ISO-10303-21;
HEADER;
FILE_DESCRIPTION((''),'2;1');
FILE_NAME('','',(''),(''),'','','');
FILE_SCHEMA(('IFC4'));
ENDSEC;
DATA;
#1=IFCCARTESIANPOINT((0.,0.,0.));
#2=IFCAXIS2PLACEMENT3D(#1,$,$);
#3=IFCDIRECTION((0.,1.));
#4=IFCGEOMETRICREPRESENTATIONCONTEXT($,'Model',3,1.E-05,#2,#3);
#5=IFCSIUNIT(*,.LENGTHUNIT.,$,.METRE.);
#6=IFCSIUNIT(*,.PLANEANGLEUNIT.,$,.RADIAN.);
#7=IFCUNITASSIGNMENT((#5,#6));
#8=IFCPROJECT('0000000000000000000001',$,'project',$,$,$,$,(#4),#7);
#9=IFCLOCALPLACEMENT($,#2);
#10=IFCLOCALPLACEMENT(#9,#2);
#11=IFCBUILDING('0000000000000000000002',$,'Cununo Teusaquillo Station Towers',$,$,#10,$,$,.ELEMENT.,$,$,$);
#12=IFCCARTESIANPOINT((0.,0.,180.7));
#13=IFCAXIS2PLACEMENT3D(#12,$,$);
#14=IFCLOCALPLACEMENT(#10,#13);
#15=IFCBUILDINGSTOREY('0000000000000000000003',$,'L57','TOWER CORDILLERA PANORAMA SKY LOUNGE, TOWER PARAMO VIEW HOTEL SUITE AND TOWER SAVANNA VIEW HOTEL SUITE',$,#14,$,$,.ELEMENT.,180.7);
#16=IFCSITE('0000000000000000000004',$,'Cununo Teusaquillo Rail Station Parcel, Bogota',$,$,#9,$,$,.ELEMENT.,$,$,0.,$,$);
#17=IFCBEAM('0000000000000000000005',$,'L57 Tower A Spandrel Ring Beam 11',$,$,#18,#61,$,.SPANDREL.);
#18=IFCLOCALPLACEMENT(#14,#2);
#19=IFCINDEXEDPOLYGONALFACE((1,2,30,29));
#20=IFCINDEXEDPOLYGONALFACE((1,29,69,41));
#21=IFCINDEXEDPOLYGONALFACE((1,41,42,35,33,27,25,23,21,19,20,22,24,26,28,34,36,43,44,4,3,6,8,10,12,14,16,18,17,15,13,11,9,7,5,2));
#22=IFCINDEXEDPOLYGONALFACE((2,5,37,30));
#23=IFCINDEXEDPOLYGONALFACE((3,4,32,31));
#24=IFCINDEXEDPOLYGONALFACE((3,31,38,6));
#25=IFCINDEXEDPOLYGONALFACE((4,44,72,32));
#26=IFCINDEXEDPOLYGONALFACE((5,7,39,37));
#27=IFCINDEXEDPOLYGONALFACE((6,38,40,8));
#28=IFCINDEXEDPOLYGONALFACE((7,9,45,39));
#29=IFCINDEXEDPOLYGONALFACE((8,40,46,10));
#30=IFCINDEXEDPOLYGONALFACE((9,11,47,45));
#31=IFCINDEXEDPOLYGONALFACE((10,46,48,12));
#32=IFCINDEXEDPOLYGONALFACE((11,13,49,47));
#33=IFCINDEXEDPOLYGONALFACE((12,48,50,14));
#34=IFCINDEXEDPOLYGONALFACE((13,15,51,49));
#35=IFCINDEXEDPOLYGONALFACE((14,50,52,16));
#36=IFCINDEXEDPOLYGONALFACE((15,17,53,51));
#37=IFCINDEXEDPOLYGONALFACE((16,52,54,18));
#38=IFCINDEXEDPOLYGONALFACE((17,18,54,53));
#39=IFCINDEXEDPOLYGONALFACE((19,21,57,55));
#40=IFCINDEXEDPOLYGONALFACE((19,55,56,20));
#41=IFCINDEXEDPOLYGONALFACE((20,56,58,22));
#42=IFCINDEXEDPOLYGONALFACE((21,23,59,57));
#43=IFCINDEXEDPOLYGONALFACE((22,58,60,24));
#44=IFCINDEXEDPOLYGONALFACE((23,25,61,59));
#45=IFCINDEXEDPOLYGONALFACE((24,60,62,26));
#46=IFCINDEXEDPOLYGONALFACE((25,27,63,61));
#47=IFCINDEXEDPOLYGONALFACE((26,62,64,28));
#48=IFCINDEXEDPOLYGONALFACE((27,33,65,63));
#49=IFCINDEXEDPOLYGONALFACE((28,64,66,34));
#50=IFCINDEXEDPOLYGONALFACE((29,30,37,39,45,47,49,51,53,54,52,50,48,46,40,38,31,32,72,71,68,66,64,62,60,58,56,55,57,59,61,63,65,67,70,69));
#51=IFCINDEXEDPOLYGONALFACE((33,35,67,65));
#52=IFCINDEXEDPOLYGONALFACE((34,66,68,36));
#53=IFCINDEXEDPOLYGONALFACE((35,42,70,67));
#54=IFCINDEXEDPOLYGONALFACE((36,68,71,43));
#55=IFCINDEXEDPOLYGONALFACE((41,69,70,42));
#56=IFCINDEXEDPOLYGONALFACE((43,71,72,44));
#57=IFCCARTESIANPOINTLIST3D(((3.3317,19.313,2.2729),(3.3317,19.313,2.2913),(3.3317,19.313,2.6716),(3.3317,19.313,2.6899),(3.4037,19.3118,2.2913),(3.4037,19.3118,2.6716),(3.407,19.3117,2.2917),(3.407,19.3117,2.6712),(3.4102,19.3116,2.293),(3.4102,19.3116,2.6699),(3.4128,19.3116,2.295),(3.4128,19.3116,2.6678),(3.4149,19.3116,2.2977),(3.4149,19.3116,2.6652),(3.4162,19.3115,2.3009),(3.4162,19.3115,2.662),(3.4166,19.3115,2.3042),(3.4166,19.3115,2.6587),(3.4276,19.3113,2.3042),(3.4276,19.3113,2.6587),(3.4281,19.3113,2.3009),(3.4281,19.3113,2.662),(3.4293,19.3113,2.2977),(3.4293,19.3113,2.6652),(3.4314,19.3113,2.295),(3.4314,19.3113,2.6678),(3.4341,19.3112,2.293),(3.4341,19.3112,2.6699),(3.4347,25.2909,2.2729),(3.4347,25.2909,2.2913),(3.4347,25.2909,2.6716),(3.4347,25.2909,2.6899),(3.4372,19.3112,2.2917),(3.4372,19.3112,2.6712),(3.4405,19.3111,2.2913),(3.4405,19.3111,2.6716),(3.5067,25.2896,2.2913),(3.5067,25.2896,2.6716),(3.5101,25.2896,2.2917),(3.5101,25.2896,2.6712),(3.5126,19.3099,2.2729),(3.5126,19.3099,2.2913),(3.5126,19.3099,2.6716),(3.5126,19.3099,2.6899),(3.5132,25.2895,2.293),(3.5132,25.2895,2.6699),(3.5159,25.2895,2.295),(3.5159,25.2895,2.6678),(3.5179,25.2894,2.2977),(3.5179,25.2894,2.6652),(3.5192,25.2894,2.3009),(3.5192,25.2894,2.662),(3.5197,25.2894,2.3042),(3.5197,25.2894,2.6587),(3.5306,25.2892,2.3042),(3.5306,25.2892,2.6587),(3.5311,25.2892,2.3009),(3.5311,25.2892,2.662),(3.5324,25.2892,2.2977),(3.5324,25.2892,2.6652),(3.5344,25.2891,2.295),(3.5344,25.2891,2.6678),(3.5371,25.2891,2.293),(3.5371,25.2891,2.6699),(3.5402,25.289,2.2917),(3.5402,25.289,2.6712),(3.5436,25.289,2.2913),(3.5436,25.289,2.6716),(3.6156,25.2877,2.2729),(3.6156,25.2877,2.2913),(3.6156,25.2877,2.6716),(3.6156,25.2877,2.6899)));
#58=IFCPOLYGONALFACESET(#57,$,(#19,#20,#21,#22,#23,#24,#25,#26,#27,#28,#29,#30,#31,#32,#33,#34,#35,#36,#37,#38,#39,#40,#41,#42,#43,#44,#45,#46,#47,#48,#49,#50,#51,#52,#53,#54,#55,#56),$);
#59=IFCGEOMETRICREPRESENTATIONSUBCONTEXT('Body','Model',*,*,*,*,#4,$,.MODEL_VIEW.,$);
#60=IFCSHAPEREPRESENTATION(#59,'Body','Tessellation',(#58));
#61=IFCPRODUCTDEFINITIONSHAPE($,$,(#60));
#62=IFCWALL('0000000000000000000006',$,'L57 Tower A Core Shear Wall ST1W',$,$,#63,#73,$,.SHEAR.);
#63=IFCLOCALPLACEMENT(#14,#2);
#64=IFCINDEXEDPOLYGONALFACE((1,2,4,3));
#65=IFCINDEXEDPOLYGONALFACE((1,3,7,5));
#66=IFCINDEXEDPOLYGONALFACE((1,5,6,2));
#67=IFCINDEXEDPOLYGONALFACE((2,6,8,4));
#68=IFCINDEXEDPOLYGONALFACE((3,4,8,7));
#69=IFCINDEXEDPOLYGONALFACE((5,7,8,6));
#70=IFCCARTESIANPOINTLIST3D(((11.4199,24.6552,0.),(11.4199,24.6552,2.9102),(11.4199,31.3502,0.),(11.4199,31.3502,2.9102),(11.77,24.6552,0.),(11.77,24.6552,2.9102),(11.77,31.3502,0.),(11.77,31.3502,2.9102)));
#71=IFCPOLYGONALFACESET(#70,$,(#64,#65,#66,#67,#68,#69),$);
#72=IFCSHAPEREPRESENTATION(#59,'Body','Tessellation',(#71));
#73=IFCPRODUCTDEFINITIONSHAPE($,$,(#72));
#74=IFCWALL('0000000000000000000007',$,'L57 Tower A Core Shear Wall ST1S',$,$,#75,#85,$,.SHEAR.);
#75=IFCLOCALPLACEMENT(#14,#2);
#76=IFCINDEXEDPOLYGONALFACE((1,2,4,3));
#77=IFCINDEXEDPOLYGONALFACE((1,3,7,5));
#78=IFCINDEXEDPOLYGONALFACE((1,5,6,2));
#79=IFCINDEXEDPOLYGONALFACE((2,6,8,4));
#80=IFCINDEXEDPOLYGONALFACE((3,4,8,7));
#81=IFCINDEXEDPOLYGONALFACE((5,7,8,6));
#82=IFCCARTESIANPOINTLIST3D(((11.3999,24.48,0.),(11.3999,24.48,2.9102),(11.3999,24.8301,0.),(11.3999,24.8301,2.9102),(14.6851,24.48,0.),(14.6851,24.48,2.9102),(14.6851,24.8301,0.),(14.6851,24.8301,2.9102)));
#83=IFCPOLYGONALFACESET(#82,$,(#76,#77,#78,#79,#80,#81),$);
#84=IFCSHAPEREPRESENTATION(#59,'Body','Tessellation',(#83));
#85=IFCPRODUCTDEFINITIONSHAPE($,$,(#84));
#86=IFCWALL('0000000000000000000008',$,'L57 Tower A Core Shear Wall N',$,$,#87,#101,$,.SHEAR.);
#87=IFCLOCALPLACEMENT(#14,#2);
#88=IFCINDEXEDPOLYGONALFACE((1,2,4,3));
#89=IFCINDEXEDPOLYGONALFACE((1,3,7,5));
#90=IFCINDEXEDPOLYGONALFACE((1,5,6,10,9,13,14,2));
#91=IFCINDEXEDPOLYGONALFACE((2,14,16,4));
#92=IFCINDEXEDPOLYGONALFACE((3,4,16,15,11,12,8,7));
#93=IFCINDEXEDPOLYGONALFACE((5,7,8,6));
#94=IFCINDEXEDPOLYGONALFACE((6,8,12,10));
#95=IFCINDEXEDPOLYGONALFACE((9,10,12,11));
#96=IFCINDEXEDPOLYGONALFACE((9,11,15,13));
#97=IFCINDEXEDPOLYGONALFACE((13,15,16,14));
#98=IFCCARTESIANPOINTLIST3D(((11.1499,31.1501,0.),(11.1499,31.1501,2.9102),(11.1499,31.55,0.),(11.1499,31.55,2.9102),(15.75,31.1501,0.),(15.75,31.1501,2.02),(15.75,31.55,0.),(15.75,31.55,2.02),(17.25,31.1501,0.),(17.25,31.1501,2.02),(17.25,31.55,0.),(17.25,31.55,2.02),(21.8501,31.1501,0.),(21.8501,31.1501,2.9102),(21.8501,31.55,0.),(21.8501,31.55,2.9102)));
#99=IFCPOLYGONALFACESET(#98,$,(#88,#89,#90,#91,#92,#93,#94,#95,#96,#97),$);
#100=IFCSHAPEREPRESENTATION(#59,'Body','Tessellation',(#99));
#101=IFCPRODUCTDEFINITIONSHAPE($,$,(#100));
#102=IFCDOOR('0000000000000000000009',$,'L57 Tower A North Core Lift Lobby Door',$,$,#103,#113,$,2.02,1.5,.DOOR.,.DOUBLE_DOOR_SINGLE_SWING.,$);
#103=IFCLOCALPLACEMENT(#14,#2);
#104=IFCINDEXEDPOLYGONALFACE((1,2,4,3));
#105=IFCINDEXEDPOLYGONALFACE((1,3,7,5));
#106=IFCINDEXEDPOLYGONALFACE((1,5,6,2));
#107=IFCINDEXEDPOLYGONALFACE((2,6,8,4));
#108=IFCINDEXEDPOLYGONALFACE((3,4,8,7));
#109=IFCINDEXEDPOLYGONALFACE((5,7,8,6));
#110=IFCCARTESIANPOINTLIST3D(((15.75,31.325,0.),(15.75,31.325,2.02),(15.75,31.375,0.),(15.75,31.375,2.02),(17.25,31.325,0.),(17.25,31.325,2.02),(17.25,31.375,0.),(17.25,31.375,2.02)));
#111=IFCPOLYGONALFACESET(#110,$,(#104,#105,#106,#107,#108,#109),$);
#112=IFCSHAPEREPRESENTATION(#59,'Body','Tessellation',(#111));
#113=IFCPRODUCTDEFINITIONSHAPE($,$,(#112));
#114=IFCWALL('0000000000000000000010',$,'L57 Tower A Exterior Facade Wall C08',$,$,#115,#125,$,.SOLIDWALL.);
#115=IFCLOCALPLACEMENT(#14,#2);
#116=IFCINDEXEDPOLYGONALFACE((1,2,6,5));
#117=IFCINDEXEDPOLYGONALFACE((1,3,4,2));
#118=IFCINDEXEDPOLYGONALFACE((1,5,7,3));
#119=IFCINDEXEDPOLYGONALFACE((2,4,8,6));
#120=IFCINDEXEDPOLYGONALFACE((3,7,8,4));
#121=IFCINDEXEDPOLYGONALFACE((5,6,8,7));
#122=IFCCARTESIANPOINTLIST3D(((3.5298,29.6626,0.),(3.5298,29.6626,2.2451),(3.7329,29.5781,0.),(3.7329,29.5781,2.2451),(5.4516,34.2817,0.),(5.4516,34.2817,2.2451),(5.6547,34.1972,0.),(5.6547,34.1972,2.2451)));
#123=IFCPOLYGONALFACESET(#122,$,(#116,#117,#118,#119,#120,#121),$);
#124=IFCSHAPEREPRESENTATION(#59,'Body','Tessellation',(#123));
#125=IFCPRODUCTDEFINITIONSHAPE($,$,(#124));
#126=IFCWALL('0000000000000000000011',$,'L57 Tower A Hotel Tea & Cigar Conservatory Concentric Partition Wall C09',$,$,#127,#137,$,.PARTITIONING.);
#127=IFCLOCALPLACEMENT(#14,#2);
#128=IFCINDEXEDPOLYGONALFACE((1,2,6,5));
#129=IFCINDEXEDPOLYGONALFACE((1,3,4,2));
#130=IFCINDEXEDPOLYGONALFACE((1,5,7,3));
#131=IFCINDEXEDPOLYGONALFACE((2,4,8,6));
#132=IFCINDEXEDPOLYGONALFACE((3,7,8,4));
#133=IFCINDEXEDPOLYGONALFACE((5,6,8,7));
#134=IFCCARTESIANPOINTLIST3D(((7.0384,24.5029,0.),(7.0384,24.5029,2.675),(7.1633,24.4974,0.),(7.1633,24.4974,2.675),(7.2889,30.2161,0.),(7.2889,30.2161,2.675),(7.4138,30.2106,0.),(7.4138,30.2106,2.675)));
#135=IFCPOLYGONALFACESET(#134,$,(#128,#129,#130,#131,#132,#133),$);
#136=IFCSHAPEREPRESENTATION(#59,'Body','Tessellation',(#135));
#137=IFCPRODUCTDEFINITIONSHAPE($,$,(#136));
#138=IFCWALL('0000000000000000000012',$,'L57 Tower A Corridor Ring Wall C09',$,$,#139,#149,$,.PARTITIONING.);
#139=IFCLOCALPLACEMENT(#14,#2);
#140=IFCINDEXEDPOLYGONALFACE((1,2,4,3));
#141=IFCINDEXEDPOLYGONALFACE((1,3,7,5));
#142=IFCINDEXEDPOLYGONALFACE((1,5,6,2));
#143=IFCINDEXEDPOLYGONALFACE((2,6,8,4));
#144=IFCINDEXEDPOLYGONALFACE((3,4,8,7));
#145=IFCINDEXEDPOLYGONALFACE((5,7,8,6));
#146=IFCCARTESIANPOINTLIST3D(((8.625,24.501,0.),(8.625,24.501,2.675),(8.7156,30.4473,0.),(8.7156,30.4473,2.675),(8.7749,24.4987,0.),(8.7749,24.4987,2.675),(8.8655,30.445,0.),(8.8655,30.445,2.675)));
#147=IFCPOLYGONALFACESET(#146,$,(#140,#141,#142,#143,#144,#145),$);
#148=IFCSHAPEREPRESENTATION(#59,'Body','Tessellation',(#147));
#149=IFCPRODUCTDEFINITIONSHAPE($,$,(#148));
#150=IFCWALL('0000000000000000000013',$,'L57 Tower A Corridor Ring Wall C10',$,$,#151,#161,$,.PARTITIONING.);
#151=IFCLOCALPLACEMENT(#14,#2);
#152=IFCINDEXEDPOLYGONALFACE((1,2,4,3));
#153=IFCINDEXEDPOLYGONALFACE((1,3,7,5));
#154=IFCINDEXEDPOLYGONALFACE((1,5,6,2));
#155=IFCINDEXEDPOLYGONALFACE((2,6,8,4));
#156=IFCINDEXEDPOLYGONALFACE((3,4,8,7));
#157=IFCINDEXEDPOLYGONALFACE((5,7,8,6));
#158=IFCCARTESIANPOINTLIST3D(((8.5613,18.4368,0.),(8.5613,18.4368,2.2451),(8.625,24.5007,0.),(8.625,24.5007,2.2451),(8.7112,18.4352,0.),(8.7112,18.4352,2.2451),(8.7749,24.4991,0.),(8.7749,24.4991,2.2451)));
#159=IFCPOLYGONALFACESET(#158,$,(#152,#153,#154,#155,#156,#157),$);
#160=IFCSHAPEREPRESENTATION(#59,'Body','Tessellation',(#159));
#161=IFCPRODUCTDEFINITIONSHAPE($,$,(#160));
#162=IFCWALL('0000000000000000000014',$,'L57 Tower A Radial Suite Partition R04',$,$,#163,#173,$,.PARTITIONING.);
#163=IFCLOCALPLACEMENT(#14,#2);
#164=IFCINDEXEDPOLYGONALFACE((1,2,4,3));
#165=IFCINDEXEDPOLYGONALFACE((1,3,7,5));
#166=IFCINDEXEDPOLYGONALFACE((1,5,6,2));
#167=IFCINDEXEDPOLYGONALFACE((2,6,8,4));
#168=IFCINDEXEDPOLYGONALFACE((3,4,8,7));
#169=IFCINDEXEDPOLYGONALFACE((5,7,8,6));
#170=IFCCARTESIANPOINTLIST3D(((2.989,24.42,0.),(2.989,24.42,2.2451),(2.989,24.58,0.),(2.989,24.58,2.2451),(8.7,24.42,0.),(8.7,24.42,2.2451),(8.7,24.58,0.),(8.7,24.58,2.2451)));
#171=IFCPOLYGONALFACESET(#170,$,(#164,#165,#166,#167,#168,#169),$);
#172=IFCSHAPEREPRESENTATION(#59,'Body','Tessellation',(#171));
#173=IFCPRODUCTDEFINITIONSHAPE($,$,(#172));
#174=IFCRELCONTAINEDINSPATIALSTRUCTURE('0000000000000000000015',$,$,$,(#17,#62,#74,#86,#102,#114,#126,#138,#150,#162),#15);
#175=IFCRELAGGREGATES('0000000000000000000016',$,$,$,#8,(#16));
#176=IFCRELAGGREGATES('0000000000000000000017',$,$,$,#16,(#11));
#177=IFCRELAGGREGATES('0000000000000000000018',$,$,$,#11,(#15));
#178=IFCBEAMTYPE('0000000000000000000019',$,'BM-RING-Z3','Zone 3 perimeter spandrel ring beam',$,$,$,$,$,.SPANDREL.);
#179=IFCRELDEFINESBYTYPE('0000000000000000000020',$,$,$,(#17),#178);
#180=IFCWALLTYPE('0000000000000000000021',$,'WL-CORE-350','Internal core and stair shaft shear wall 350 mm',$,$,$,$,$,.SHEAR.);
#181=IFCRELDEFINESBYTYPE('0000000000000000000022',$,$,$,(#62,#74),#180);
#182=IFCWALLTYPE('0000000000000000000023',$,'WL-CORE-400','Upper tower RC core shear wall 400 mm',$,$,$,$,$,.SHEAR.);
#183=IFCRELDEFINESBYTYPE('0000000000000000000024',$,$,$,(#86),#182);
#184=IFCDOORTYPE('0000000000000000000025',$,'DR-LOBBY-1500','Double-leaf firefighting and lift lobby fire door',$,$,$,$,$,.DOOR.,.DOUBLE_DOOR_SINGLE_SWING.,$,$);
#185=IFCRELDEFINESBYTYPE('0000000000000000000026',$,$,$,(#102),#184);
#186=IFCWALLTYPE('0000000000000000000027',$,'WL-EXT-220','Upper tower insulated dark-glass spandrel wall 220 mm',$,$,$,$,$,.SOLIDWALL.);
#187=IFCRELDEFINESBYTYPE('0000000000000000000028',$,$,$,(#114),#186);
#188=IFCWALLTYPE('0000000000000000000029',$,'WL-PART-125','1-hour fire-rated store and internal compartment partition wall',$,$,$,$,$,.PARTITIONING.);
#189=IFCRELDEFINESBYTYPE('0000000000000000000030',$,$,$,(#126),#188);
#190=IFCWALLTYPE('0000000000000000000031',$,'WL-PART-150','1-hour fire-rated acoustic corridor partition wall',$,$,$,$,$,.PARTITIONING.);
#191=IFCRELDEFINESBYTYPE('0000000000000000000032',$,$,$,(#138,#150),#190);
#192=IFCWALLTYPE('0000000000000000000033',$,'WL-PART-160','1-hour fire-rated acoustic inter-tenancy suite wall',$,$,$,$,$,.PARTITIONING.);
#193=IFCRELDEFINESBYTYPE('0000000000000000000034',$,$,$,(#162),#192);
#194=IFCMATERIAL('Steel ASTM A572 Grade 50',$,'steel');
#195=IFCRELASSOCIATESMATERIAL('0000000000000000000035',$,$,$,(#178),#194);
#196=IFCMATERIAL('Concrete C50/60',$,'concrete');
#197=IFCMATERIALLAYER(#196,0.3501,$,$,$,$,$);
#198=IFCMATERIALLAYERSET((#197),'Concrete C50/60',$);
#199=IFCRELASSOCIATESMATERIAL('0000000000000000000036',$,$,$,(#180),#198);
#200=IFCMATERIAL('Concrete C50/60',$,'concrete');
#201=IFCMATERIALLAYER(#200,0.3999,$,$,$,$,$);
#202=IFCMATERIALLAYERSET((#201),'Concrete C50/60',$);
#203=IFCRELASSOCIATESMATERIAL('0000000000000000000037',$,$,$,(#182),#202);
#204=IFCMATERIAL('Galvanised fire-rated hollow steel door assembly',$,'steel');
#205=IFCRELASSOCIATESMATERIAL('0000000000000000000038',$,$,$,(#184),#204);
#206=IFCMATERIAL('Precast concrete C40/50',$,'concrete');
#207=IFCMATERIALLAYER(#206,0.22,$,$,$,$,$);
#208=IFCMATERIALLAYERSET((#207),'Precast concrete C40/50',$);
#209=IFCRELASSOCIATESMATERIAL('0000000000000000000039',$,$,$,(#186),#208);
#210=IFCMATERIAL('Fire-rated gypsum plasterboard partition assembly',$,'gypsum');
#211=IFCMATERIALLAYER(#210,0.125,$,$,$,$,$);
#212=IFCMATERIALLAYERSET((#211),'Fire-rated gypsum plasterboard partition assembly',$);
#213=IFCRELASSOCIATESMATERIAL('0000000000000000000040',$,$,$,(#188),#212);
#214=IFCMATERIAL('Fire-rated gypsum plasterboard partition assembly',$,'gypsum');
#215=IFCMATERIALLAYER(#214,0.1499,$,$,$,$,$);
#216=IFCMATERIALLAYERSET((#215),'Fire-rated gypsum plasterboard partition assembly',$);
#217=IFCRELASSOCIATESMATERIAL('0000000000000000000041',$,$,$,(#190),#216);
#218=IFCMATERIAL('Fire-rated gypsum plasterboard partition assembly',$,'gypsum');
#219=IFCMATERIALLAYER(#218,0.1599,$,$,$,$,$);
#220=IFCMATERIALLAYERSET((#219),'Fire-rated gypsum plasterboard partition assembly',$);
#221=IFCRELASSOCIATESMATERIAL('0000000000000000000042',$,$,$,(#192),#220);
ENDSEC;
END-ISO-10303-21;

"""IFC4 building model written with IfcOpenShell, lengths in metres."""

from ifc_helpers import new_model, si_unit, direction, frame, frame_2d, origin, origin_2d, place, context, subcontext, project, spatial, rectangle, i_section, extrude, source, transform, mapped, material, layer, layer_set, material_profile, profile_set, type_object, element, fill, save


model = new_model("IFC4")

# Units and contexts
model_context = context("Model", 3, precision=1e-05, world=origin(), true_north=direction((0.0, 1.0)))
body_context = subcontext(model_context, "Body", "Model", "MODEL_VIEW")
ifc_project = project(units=[si_unit("LENGTHUNIT", "METRE"), si_unit("PLANEANGLEUNIT", "RADIAN")], contexts=[model_context])

# Site, building, storey
site_placement = place(None, origin())
site = spatial("IfcSite", under=ifc_project, at=site_placement, Name="Cununo Teusaquillo Rail Station Parcel, Bogota", CompositionType="ELEMENT", RefElevation=0.0)
building_placement = place(site_placement, origin())
building = spatial("IfcBuilding", under=site, at=building_placement, Name="Cununo Teusaquillo Station Towers", CompositionType="ELEMENT")
storey_placement = place(building_placement, frame((0.0, 0.0, 180.7)))
storey = spatial("IfcBuildingStorey", under=building, at=storey_placement, Name="L57", Description="TOWER CORDILLERA PANORAMA SKY LOUNGE, TOWER PARAMO VIEW HOTEL SUITE AND TOWER SAVANNA VIEW HOTEL SUITE", CompositionType="ELEMENT", Elevation=180.7)

# Beam
ifc_material_1 = material(Name="Steel ASTM A572 Grade 50", Category="steel")
ifc_material_profile_1 = material_profile(ifc_material_1, i_section(OverallWidth=0.1809, OverallDepth=0.417, WebThickness=0.011, FlangeThickness=0.0183, FilletRadius=0.0129, at=origin_2d()), Name="W16X57")
ifc_profile_set_1 = profile_set([ifc_material_profile_1], Name="Steel ASTM A572 Grade 50")
beam_type_1 = type_object("IfcBeamType", Name="BM-RING-Z3", Description="Zone 3 perimeter spandrel ring beam", PredefinedType="SPANDREL", material=ifc_profile_set_1)
beam_1_placement = place(storey_placement, frame((3.5251, 25.2893, 2.4814), z_axis=(-0.017232, -0.999852, 0.0), x_axis=(0.999852, -0.017232, 0.0)))
element("IfcBeam", 1, at=beam_1_placement, inside=storey, type_object=beam_type_1, Name="L57 Tower A Spandrel Ring Beam 11", PredefinedType="SPANDREL", context=body_context, shape_type="SweptSolid", body=[
    extrude(i_section(OverallWidth=0.1809, OverallDepth=0.417, WebThickness=0.011, FlangeThickness=0.0183, FilletRadius=0.0129, at=origin_2d()), origin(), (0.0, 0.0, 1.0), 5.9788),
])

# Walls
ifc_material_2 = material(Name="Concrete C50/60", Category="concrete")
ifc_layer_1 = layer(ifc_material_2, 0.3501)
ifc_layer_set_1 = layer_set([ifc_layer_1], Name="Concrete C50/60")
wall_type_1 = type_object("IfcWallType", Name="WL-CORE-350", Description="Internal core and stair shaft shear wall 350 mm", PredefinedType="SHEAR", material=ifc_layer_set_1)
wall_1_placement = place(storey_placement, frame((11.595, 24.655, 0.0), z_axis=(0.0, 0.0, 1.0), x_axis=(0.0, 1.0, 0.0)))
element("IfcWall", 2, at=wall_1_placement, inside=storey, type_object=wall_type_1, Name="L57 Tower A Core Shear Wall ST1W", PredefinedType="SHEAR", context=body_context, shape_type="SweptSolid", body=[
    extrude(rectangle(XDim=6.6951, YDim=0.3501, at=frame_2d((3.3477, 0.0))), origin(), (0.0, 0.0, 1.0), 2.9102),
])
wall_2_placement = place(storey_placement, frame((11.3999, 24.655, 0.0), z_axis=(0.0, 0.0, 1.0), x_axis=(1.0, 0.0, 0.0)))
element("IfcWall", 3, at=wall_2_placement, inside=storey, type_object=wall_type_1, Name="L57 Tower A Core Shear Wall ST1S", PredefinedType="SHEAR", context=body_context, shape_type="SweptSolid", body=[
    extrude(rectangle(XDim=3.2852, YDim=0.3501, at=frame_2d((1.6426, 0.0))), origin(), (0.0, 0.0, 1.0), 2.9102),
])

# Wall, opening, door
ifc_material_3 = material(Name="Concrete C50/60", Category="concrete")
ifc_layer_2 = layer(ifc_material_3, 0.3999)
ifc_layer_set_2 = layer_set([ifc_layer_2], Name="Concrete C50/60")
wall_type_2 = type_object("IfcWallType", Name="WL-CORE-400", Description="Upper tower RC core shear wall 400 mm", PredefinedType="SHEAR", material=ifc_layer_set_2)
wall_3_placement = place(storey_placement, frame((11.1499, 31.3501, 0.0), z_axis=(0.0, 0.0, 1.0), x_axis=(1.0, 0.0, 0.0)))
wall_3 = element("IfcWall", 4, at=wall_3_placement, inside=storey, type_object=wall_type_2, Name="L57 Tower A Core Shear Wall N", PredefinedType="SHEAR", context=body_context, shape_type="SweptSolid", body=[
    extrude(rectangle(XDim=10.7002, YDim=0.3999, at=frame_2d((5.3501, 0.0))), origin(), (0.0, 0.0, 1.0), 2.9102),
])
shared_shape_1 = source(origin(), body_context, "Body", "SweptSolid", [
    extrude(rectangle(XDim=1.5, YDim=2.02, at=frame_2d((0.75, 1.01))), frame((0.0, 0.21, 0.0), z_axis=(0.0, -1.0, 0.0), x_axis=(1.0, 0.0, 0.0)), (0.0, 0.0, 1.0), 0.4199),
])
opening_placement = place(wall_3_placement, frame((4.6001, 0.0, 0.0)))
opening = element("IfcOpeningElement", 5, at=opening_placement, cuts=wall_3, PredefinedType="OPENING", context=body_context, shape_type="MappedRepresentation", body=[
    mapped(shared_shape_1, transform((0.0, 0.0, 0.0), x_axis=(1.0, 0.0, 0.0), y_axis=(0.0, 1.0, 0.0), z_axis=(0.0, 0.0, 1.0), scale=1.0)),
])
ifc_material_4 = material(Name="Galvanised fire-rated hollow steel door assembly", Category="steel")
door_type = type_object("IfcDoorType", Name="DR-LOBBY-1500", Description="Double-leaf firefighting and lift lobby fire door", OperationType="DOUBLE_DOOR_SINGLE_SWING", PredefinedType="DOOR", material=ifc_material_4)
shared_shape_2 = source(origin(), body_context, "Body", "SweptSolid", [
    extrude(rectangle(XDim=1.5, YDim=2.02, at=frame_2d((0.75, 1.01))), frame((0.0, 0.0249, 0.0), z_axis=(0.0, -1.0, 0.0), x_axis=(1.0, 0.0, 0.0)), (0.0, 0.0, 1.0), 0.05),
])
door_placement = place(opening_placement, origin())
door = element("IfcDoor", 6, at=door_placement, inside=storey, type_object=door_type, Name="L57 Tower A North Core Lift Lobby Door", OperationType="DOUBLE_DOOR_SINGLE_SWING", OverallHeight=2.02, OverallWidth=1.5, PredefinedType="DOOR", context=body_context, shape_type="MappedRepresentation", body=[
    mapped(shared_shape_2, transform((0.0, 0.0, 0.0), x_axis=(1.0, 0.0, 0.0), y_axis=(0.0, 1.0, 0.0), z_axis=(0.0, 0.0, 1.0), scale=1.0)),
])
fill(opening, door)

# Walls
ifc_material_5 = material(Name="Precast concrete C40/50", Category="concrete")
ifc_layer_3 = layer(ifc_material_5, 0.22)
ifc_layer_set_3 = layer_set([ifc_layer_3], Name="Precast concrete C40/50")
wall_type_3 = type_object("IfcWallType", Name="WL-EXT-220", Description="Upper tower insulated dark-glass spandrel wall 220 mm", PredefinedType="SOLIDWALL", material=ifc_layer_set_3)
wall_4_placement = place(storey_placement, frame((3.6313, 29.6204, 0.0), z_axis=(0.0, 0.0, 1.0), x_axis=(0.384144, 0.923273, 0.0)))
element("IfcWall", 7, at=wall_4_placement, inside=storey, type_object=wall_type_3, Name="L57 Tower A Exterior Facade Wall C08", PredefinedType="SOLIDWALL", context=body_context, shape_type="SweptSolid", body=[
    extrude(rectangle(XDim=5.0029, YDim=0.22, at=frame_2d((2.5015, 0.0))), origin(), (0.0, 0.0, 1.0), 2.2451),
])
ifc_material_6 = material(Name="Fire-rated gypsum plasterboard partition assembly", Category="gypsum")
ifc_layer_4 = layer(ifc_material_6, 0.125)
ifc_layer_set_4 = layer_set([ifc_layer_4], Name="Fire-rated gypsum plasterboard partition assembly")
wall_type_4 = type_object("IfcWallType", Name="WL-PART-125", Description="1-hour fire-rated store and internal compartment partition wall", PredefinedType="PARTITIONING", material=ifc_layer_set_4)
wall_5_placement = place(storey_placement, frame((7.3513, 30.2134, 0.0), z_axis=(0.0, 0.0, 1.0), x_axis=(-0.0438, -0.99904, 0.0)))
element("IfcWall", 8, at=wall_5_placement, inside=storey, type_object=wall_type_4, Name="L57 Tower A Hotel Tea & Cigar Conservatory Concentric Partition Wall C09", PredefinedType="PARTITIONING", context=body_context, shape_type="SweptSolid", body=[
    extrude(rectangle(XDim=5.7188, YDim=0.125, at=frame_2d((2.8594, 0.0))), origin(), (0.0, 0.0, 1.0), 2.675),
])
ifc_material_7 = material(Name="Fire-rated gypsum plasterboard partition assembly", Category="gypsum")
ifc_layer_5 = layer(ifc_material_7, 0.1499)
ifc_layer_set_5 = layer_set([ifc_layer_5], Name="Fire-rated gypsum plasterboard partition assembly")
wall_type_5 = type_object("IfcWallType", Name="WL-PART-150", Description="1-hour fire-rated acoustic corridor partition wall", PredefinedType="PARTITIONING", material=ifc_layer_set_5)
wall_6_placement = place(storey_placement, frame((8.7905, 30.4463, 0.0), z_axis=(0.0, 0.0, 1.0), x_axis=(-0.015231, -0.999884, 0.0)))
element("IfcWall", 9, at=wall_6_placement, inside=storey, type_object=wall_type_5, Name="L57 Tower A Corridor Ring Wall C09", PredefinedType="PARTITIONING", context=body_context, shape_type="SweptSolid", body=[
    extrude(rectangle(XDim=5.947, YDim=0.1499, at=frame_2d((2.9736, 0.0))), origin(), (0.0, 0.0, 1.0), 2.675),
])
wall_7_placement = place(storey_placement, frame((8.7, 24.5, 0.0), z_axis=(0.0, 0.0, 1.0), x_axis=(-0.010508, -0.999945, 0.0)))
element("IfcWall", 10, at=wall_7_placement, inside=storey, type_object=wall_type_5, Name="L57 Tower A Corridor Ring Wall C10", PredefinedType="PARTITIONING", context=body_context, shape_type="SweptSolid", body=[
    extrude(rectangle(XDim=6.0642, YDim=0.1499, at=frame_2d((3.0322, 0.0))), origin(), (0.0, 0.0, 1.0), 2.2451),
])
ifc_material_8 = material(Name="Fire-rated gypsum plasterboard partition assembly", Category="gypsum")
ifc_layer_6 = layer(ifc_material_8, 0.1599)
ifc_layer_set_6 = layer_set([ifc_layer_6], Name="Fire-rated gypsum plasterboard partition assembly")
wall_type_6 = type_object("IfcWallType", Name="WL-PART-160", Description="1-hour fire-rated acoustic inter-tenancy suite wall", PredefinedType="PARTITIONING", material=ifc_layer_set_6)
wall_8_placement = place(storey_placement, frame((8.7, 24.5, 0.0), z_axis=(0.0, 0.0, 1.0), x_axis=(-1.0, 0.0, 0.0)))
element("IfcWall", 11, at=wall_8_placement, inside=storey, type_object=wall_type_6, Name="L57 Tower A Radial Suite Partition R04", PredefinedType="PARTITIONING", context=body_context, shape_type="SweptSolid", body=[
    extrude(rectangle(XDim=5.7109, YDim=0.1599, at=frame_2d((2.8555, 0.0))), origin(), (0.0, 0.0, 1.0), 2.2451),
])

save(model, "model.ifc")
